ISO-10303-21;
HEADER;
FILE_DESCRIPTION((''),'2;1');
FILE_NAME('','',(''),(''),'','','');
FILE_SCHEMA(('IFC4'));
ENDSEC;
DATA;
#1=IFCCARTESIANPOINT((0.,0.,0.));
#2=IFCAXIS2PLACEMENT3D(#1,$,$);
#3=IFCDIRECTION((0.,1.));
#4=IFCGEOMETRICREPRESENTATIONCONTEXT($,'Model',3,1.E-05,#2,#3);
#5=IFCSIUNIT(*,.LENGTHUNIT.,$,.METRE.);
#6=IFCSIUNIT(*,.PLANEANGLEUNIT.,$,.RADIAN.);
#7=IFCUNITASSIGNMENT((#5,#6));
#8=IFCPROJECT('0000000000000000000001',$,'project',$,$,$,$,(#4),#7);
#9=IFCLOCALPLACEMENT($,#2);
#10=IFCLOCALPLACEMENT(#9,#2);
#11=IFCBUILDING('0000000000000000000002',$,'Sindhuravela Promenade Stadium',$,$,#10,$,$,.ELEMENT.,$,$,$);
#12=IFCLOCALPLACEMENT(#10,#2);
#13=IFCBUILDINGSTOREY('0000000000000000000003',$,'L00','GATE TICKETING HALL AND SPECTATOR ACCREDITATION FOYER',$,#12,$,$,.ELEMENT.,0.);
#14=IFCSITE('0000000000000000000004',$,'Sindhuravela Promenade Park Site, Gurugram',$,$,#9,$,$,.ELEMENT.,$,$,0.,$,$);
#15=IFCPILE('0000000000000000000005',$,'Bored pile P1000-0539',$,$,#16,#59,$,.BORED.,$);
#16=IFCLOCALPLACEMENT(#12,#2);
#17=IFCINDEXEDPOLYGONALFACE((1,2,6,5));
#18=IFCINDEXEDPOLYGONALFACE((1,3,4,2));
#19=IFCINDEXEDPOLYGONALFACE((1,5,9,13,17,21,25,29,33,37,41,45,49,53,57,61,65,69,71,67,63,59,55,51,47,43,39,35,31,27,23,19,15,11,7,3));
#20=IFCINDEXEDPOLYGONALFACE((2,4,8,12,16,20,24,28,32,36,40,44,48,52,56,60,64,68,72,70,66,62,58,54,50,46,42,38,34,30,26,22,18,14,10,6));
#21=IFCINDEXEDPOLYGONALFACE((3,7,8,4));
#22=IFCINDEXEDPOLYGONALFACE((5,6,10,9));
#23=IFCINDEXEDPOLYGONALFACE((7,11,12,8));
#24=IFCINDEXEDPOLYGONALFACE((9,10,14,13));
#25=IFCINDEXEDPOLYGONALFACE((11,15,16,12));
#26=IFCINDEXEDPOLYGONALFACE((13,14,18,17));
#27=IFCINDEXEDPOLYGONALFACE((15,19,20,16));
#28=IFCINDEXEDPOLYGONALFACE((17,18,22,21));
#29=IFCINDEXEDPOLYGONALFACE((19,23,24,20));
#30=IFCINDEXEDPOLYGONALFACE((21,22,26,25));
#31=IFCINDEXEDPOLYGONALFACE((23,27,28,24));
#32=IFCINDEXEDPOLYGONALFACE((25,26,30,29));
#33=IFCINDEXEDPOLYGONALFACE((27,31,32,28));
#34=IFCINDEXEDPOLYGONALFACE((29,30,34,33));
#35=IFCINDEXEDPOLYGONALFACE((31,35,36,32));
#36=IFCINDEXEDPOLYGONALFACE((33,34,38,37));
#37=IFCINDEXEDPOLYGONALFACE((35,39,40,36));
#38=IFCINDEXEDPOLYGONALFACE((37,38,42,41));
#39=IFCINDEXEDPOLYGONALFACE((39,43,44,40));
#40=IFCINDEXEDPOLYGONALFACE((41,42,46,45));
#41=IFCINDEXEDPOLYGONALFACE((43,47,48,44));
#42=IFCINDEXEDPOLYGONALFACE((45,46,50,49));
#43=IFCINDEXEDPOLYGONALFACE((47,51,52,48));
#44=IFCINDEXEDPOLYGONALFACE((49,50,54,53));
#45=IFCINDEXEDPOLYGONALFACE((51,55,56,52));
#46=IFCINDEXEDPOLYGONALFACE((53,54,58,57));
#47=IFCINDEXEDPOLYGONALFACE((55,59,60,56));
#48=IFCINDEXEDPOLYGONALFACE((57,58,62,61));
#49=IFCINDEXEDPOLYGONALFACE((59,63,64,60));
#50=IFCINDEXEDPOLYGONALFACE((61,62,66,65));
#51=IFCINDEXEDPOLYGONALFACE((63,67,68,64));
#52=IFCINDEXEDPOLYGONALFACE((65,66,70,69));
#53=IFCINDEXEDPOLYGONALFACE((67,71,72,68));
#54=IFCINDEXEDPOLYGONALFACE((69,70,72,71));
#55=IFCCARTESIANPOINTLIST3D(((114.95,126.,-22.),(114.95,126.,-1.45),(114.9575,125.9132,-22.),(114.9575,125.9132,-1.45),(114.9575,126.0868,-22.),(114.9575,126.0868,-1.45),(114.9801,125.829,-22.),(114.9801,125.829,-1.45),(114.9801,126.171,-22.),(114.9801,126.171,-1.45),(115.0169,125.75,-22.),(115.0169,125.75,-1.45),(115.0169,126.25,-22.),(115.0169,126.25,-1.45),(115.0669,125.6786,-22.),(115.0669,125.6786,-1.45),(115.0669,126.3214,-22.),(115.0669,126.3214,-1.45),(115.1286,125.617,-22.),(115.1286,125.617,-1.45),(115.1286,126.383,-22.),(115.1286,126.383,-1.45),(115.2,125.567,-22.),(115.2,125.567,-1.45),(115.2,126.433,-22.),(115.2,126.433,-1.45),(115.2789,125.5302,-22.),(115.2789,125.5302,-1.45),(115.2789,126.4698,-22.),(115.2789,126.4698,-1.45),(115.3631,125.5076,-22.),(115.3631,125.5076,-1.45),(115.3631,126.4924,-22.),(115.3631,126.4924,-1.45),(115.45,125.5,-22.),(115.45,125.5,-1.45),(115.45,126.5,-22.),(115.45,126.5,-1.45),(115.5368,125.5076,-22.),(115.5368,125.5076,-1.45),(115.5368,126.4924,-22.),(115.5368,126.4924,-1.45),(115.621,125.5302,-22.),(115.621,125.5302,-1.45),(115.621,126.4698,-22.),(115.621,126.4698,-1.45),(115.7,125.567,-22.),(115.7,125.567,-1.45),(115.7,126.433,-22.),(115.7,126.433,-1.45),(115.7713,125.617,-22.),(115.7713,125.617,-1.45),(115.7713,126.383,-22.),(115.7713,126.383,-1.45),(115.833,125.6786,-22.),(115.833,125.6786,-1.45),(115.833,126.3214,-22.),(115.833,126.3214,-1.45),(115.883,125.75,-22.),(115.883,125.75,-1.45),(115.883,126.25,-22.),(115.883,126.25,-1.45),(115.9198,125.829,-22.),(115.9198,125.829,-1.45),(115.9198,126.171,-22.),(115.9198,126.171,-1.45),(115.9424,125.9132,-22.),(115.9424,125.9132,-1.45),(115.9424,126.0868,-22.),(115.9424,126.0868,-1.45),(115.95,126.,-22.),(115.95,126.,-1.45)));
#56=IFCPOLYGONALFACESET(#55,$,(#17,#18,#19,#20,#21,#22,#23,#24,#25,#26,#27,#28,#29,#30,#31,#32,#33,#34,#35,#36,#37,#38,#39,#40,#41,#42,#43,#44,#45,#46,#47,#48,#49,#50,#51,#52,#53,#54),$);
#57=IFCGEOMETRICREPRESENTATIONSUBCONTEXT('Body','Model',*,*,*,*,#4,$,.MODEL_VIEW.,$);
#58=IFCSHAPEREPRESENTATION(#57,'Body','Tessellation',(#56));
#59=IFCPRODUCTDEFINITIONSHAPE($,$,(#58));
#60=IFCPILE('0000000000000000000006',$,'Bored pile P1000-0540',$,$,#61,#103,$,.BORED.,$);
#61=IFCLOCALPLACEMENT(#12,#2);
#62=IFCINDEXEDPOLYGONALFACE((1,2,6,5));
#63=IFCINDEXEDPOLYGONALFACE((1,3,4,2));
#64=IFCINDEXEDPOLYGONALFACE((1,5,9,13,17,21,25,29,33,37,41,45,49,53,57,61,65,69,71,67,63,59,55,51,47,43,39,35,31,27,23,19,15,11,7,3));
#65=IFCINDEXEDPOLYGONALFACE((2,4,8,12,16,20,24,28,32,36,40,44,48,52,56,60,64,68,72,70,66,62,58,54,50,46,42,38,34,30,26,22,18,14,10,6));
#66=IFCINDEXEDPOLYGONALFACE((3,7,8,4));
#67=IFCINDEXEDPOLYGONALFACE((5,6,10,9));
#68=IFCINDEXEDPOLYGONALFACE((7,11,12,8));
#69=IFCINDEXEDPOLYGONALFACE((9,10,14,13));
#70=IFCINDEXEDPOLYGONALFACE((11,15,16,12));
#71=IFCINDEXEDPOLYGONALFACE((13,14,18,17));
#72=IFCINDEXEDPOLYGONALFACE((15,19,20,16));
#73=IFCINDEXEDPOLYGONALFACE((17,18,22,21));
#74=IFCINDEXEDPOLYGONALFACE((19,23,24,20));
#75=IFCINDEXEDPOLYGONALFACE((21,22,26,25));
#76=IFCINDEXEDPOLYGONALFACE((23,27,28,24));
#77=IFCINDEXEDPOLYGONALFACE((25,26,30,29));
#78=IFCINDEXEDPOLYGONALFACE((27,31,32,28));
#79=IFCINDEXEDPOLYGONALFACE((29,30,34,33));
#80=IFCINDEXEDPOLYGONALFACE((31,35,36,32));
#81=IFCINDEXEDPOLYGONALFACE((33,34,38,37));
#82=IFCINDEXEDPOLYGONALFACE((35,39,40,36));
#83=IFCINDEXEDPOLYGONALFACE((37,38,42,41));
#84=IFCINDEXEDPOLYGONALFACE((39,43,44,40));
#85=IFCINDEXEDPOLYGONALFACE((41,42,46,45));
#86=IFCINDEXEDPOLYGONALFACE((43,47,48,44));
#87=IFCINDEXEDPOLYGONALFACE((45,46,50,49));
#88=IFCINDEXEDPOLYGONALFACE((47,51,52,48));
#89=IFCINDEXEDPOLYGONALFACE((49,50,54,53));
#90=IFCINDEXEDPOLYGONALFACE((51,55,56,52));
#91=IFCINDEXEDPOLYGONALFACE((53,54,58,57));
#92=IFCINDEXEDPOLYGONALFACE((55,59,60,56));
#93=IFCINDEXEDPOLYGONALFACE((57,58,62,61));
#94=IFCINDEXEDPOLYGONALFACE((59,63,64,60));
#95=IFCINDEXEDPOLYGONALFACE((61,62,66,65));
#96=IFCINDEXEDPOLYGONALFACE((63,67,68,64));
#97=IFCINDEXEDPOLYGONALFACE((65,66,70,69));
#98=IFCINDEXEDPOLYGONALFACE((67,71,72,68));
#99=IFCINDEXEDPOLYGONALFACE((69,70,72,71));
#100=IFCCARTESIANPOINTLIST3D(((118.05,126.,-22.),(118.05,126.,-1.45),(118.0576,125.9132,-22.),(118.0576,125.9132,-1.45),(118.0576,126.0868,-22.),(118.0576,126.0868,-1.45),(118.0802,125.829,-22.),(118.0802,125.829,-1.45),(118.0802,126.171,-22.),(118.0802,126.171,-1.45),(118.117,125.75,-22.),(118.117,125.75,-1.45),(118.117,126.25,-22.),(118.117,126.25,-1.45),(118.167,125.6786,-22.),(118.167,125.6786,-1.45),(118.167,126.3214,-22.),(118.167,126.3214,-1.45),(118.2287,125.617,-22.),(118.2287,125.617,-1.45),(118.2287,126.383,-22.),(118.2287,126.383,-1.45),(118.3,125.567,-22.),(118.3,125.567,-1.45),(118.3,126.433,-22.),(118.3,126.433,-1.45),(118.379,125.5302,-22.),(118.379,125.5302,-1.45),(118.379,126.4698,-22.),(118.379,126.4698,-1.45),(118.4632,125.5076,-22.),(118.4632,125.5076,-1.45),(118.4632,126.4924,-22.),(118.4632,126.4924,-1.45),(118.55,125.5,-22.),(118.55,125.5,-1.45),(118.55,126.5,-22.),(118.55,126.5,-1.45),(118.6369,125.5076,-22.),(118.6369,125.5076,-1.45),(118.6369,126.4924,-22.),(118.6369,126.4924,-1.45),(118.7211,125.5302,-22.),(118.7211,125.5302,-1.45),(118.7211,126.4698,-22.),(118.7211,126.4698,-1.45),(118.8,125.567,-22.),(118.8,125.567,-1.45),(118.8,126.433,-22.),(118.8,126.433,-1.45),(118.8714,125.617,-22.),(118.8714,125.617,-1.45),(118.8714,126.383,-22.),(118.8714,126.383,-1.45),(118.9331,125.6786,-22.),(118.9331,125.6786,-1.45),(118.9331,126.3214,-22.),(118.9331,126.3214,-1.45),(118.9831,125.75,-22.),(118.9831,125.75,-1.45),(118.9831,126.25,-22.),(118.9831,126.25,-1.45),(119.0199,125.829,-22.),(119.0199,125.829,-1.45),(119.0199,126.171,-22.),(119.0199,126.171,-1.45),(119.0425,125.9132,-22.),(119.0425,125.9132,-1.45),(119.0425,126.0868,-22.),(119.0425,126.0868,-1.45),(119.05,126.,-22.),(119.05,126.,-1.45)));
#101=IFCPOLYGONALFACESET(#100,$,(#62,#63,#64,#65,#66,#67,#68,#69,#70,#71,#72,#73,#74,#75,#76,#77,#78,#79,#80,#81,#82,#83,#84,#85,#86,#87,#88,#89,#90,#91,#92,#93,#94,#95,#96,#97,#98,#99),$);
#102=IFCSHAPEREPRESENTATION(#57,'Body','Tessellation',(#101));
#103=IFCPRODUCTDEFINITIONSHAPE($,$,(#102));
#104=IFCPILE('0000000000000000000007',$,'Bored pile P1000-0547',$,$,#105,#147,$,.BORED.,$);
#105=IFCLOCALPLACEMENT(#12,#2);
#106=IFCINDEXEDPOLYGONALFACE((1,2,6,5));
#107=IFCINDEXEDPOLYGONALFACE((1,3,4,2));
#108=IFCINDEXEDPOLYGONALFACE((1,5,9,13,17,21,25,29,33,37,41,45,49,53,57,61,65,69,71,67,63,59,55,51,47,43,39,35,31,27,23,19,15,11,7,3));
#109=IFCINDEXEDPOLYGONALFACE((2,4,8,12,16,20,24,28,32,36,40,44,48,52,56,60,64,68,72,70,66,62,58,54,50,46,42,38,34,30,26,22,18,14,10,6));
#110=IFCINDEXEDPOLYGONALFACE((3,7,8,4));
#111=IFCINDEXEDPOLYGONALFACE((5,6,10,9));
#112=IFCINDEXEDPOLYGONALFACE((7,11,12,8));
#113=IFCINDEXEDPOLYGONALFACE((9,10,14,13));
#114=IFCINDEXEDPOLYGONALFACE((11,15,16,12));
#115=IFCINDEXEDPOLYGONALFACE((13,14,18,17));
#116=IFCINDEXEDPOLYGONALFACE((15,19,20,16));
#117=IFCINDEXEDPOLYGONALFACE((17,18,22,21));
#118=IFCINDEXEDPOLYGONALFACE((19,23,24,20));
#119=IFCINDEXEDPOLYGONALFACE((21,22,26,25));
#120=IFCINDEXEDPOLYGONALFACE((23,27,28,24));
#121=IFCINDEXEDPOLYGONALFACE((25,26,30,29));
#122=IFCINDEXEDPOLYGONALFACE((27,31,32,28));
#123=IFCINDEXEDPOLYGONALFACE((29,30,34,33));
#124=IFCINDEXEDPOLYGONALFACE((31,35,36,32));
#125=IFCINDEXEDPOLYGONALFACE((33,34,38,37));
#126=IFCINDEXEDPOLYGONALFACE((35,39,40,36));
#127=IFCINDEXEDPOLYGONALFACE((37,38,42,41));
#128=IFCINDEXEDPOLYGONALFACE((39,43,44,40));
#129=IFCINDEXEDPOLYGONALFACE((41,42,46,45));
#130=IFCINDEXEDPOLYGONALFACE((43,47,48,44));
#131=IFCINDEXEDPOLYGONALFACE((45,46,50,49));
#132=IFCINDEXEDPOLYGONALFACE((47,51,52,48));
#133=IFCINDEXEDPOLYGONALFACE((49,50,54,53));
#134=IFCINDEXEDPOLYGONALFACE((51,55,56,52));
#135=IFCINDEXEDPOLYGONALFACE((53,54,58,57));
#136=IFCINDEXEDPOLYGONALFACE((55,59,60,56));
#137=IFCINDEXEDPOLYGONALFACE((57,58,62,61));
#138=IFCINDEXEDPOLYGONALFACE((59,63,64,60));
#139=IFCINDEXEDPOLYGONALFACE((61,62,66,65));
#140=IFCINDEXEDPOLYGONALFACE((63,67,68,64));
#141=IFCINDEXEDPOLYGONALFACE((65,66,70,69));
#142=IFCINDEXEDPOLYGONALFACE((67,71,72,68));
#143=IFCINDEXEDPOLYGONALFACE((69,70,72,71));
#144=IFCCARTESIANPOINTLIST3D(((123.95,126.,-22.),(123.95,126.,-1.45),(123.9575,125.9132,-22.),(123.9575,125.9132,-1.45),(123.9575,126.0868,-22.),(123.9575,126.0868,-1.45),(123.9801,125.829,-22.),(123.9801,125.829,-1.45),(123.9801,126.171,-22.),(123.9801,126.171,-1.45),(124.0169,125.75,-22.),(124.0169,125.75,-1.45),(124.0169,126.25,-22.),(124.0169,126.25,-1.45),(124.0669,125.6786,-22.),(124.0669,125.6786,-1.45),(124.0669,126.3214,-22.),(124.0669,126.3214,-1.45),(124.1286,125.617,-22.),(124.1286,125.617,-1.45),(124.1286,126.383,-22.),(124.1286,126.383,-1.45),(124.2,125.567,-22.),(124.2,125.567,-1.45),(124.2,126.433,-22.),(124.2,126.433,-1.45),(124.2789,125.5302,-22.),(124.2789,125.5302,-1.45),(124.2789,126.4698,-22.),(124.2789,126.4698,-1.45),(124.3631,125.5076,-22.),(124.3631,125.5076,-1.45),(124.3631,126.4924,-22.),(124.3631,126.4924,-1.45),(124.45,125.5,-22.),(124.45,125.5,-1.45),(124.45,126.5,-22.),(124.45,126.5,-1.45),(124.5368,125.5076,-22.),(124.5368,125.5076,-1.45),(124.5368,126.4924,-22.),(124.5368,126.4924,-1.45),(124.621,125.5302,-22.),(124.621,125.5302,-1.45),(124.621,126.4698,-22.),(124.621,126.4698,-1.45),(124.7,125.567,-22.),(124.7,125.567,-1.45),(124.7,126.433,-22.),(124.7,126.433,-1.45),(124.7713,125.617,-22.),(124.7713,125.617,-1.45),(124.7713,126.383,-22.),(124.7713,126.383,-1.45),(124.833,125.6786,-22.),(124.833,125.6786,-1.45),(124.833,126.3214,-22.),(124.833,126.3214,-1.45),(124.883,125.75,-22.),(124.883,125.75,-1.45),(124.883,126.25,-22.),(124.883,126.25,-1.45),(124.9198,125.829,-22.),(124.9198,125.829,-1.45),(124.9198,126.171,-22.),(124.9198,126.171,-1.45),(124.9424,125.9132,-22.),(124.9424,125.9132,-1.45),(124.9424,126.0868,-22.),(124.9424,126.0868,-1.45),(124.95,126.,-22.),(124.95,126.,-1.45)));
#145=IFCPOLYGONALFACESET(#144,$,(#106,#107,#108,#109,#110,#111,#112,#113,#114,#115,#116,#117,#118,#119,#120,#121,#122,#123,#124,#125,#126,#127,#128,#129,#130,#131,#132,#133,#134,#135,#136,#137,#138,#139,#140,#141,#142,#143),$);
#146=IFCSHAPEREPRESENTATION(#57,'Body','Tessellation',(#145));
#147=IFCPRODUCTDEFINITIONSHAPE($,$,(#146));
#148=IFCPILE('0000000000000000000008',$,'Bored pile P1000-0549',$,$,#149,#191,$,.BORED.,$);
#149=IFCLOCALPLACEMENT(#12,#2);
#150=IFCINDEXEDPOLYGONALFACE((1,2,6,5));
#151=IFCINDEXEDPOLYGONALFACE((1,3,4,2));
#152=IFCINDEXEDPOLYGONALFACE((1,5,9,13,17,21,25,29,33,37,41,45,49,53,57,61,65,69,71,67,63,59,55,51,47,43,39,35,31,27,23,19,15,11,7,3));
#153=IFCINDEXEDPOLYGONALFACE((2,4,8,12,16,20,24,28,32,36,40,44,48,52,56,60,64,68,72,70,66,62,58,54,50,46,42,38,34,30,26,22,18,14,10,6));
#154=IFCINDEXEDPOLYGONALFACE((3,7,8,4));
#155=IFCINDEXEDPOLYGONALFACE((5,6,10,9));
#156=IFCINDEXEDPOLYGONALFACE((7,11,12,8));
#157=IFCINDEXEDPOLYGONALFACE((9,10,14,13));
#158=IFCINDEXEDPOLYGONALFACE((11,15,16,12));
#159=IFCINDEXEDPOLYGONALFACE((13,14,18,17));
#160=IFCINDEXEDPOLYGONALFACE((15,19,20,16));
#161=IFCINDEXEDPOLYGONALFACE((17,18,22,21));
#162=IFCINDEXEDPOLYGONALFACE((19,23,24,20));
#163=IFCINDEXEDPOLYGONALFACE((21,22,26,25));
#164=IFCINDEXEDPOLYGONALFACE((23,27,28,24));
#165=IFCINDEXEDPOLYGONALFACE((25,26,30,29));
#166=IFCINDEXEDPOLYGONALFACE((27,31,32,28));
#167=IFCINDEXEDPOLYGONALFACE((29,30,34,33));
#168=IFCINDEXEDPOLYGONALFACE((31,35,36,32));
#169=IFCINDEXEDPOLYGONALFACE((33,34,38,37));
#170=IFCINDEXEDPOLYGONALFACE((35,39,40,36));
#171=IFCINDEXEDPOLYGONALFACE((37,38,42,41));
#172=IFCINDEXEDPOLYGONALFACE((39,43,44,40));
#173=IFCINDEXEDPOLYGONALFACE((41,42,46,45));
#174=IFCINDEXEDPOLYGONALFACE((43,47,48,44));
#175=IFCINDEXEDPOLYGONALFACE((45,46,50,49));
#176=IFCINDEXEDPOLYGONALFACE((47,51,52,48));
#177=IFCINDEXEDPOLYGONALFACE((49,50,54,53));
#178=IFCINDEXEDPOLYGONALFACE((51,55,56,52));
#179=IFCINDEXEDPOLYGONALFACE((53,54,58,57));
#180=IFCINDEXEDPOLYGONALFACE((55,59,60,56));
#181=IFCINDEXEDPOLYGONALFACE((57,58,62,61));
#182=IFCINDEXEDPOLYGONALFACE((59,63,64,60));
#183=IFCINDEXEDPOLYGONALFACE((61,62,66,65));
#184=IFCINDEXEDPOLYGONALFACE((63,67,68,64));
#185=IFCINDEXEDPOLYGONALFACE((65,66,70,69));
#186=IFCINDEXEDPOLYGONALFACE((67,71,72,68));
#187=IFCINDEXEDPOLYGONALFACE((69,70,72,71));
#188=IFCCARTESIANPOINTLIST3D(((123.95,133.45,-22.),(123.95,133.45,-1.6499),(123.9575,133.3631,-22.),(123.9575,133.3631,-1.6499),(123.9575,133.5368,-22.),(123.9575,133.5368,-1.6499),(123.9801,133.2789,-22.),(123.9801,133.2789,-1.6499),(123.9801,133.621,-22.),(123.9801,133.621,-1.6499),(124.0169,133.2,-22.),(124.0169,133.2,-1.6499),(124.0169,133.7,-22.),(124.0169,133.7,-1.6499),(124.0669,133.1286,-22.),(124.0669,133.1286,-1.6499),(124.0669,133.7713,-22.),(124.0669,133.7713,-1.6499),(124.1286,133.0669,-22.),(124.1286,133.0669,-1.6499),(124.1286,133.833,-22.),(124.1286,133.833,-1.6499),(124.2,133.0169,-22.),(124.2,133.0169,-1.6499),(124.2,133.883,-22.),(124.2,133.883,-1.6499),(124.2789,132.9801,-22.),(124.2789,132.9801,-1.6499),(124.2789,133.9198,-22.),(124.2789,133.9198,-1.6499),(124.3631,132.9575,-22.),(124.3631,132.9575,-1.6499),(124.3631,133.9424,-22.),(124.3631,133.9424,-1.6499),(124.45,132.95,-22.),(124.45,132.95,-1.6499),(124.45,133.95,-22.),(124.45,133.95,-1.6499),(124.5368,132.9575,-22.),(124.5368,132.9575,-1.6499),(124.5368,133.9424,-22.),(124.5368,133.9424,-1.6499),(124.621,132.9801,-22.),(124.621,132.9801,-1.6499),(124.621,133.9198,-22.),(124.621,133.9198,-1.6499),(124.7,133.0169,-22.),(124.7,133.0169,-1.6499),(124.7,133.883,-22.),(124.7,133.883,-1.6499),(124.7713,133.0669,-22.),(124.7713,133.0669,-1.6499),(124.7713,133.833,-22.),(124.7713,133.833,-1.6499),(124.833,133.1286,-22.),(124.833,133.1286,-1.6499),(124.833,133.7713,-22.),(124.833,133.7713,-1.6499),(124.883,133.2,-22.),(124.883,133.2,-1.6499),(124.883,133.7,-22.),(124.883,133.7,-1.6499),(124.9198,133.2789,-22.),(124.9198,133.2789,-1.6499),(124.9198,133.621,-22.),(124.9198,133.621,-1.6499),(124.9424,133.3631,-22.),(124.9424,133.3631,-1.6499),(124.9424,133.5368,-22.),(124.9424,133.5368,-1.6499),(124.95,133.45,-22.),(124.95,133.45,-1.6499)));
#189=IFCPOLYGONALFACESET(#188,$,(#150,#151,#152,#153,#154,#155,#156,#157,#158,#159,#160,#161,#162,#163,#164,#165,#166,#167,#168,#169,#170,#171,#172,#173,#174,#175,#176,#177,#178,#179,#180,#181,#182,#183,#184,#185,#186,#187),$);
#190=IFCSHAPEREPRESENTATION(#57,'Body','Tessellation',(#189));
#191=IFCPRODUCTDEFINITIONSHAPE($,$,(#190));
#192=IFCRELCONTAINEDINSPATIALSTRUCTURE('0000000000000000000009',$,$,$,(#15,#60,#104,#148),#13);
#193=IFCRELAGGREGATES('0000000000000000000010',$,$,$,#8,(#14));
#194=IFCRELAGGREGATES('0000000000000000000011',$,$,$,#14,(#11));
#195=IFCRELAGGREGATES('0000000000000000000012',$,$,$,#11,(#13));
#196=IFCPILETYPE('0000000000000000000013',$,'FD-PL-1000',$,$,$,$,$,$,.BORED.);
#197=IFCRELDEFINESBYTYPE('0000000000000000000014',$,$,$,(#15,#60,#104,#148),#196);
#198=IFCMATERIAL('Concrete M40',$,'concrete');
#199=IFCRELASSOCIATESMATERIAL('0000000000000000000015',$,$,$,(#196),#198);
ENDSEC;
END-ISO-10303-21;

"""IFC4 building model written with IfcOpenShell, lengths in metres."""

from ifc_helpers import new_model, si_unit, direction, frame, origin, origin_2d, place, context, subcontext, project, spatial, circle, extrude, material, material_profile, profile_set, type_object, element, save


model = new_model("IFC4")

# Units and contexts
model_context = context("Model", 3, precision=1e-05, world=origin(), true_north=direction((0.0, 1.0)))
body_context = subcontext(model_context, "Body", "Model", "MODEL_VIEW")
ifc_project = project(units=[si_unit("LENGTHUNIT", "METRE"), si_unit("PLANEANGLEUNIT", "RADIAN")], contexts=[model_context])

# Site, building, storey
site_placement = place(None, origin())
site = spatial("IfcSite", under=ifc_project, at=site_placement, Name="Sindhuravela Promenade Park Site, Gurugram", CompositionType="ELEMENT", RefElevation=0.0)
building_placement = place(site_placement, origin())
building = spatial("IfcBuilding", under=site, at=building_placement, Name="Sindhuravela Promenade Stadium", CompositionType="ELEMENT")
storey_placement = place(building_placement, origin())
storey = spatial("IfcBuildingStorey", under=building, at=storey_placement, Name="L00", Description="GATE TICKETING HALL AND SPECTATOR ACCREDITATION FOYER", CompositionType="ELEMENT", Elevation=0.0)

# Piles
ifc_material_1 = material(Name="Concrete M40", Category="concrete")
ifc_material_profile_1 = material_profile(ifc_material_1, circle(Radius=0.5, at=origin_2d()), Name="BORED PILE D1000")
ifc_profile_set_1 = profile_set([ifc_material_profile_1], Name="Concrete M40")
pile_type_1 = type_object("IfcPileType", Name="FD-PL-1000", PredefinedType="BORED", material=ifc_profile_set_1)
for number, where, z_axis, x_axis, name in (
    (1, (115.45, 126.0, -1.45), (0.0, 0.0, -1.0), (1.0, 0.0, 0.0), "Bored pile P1000-0539"),
    (2, (118.55, 126.0, -1.45), (0.0, 0.0, -1.0), (1.0, 0.0, 0.0), "Bored pile P1000-0540"),
    (3, (124.45, 126.0, -1.45), (0.0, 0.0, -1.0), (1.0, 0.0, 0.0), "Bored pile P1000-0547"),
):
    element("IfcPile", number, at=place(storey_placement, frame(where, z_axis=z_axis, x_axis=x_axis)), inside=storey, type_object=pile_type_1, Name=name, PredefinedType="BORED", context=body_context, shape_type="SweptSolid", body=[
        extrude(circle(Radius=0.5, at=origin_2d()), origin(), (0.0, 0.0, 1.0), 20.55),
    ])
for number, where, z_axis, x_axis, name in (
    (4, (124.45, 133.45, -1.6499), (0.0, 0.0, -1.0), (1.0, 0.0, 0.0), "Bored pile P1000-0549"),
):
    element("IfcPile", number, at=place(storey_placement, frame(where, z_axis=z_axis, x_axis=x_axis)), inside=storey, type_object=pile_type_1, Name=name, PredefinedType="BORED", context=body_context, shape_type="SweptSolid", body=[
        extrude(circle(Radius=0.5, at=origin_2d()), origin(), (0.0, 0.0, 1.0), 20.3501),
    ])

save(model, "model.ifc")
